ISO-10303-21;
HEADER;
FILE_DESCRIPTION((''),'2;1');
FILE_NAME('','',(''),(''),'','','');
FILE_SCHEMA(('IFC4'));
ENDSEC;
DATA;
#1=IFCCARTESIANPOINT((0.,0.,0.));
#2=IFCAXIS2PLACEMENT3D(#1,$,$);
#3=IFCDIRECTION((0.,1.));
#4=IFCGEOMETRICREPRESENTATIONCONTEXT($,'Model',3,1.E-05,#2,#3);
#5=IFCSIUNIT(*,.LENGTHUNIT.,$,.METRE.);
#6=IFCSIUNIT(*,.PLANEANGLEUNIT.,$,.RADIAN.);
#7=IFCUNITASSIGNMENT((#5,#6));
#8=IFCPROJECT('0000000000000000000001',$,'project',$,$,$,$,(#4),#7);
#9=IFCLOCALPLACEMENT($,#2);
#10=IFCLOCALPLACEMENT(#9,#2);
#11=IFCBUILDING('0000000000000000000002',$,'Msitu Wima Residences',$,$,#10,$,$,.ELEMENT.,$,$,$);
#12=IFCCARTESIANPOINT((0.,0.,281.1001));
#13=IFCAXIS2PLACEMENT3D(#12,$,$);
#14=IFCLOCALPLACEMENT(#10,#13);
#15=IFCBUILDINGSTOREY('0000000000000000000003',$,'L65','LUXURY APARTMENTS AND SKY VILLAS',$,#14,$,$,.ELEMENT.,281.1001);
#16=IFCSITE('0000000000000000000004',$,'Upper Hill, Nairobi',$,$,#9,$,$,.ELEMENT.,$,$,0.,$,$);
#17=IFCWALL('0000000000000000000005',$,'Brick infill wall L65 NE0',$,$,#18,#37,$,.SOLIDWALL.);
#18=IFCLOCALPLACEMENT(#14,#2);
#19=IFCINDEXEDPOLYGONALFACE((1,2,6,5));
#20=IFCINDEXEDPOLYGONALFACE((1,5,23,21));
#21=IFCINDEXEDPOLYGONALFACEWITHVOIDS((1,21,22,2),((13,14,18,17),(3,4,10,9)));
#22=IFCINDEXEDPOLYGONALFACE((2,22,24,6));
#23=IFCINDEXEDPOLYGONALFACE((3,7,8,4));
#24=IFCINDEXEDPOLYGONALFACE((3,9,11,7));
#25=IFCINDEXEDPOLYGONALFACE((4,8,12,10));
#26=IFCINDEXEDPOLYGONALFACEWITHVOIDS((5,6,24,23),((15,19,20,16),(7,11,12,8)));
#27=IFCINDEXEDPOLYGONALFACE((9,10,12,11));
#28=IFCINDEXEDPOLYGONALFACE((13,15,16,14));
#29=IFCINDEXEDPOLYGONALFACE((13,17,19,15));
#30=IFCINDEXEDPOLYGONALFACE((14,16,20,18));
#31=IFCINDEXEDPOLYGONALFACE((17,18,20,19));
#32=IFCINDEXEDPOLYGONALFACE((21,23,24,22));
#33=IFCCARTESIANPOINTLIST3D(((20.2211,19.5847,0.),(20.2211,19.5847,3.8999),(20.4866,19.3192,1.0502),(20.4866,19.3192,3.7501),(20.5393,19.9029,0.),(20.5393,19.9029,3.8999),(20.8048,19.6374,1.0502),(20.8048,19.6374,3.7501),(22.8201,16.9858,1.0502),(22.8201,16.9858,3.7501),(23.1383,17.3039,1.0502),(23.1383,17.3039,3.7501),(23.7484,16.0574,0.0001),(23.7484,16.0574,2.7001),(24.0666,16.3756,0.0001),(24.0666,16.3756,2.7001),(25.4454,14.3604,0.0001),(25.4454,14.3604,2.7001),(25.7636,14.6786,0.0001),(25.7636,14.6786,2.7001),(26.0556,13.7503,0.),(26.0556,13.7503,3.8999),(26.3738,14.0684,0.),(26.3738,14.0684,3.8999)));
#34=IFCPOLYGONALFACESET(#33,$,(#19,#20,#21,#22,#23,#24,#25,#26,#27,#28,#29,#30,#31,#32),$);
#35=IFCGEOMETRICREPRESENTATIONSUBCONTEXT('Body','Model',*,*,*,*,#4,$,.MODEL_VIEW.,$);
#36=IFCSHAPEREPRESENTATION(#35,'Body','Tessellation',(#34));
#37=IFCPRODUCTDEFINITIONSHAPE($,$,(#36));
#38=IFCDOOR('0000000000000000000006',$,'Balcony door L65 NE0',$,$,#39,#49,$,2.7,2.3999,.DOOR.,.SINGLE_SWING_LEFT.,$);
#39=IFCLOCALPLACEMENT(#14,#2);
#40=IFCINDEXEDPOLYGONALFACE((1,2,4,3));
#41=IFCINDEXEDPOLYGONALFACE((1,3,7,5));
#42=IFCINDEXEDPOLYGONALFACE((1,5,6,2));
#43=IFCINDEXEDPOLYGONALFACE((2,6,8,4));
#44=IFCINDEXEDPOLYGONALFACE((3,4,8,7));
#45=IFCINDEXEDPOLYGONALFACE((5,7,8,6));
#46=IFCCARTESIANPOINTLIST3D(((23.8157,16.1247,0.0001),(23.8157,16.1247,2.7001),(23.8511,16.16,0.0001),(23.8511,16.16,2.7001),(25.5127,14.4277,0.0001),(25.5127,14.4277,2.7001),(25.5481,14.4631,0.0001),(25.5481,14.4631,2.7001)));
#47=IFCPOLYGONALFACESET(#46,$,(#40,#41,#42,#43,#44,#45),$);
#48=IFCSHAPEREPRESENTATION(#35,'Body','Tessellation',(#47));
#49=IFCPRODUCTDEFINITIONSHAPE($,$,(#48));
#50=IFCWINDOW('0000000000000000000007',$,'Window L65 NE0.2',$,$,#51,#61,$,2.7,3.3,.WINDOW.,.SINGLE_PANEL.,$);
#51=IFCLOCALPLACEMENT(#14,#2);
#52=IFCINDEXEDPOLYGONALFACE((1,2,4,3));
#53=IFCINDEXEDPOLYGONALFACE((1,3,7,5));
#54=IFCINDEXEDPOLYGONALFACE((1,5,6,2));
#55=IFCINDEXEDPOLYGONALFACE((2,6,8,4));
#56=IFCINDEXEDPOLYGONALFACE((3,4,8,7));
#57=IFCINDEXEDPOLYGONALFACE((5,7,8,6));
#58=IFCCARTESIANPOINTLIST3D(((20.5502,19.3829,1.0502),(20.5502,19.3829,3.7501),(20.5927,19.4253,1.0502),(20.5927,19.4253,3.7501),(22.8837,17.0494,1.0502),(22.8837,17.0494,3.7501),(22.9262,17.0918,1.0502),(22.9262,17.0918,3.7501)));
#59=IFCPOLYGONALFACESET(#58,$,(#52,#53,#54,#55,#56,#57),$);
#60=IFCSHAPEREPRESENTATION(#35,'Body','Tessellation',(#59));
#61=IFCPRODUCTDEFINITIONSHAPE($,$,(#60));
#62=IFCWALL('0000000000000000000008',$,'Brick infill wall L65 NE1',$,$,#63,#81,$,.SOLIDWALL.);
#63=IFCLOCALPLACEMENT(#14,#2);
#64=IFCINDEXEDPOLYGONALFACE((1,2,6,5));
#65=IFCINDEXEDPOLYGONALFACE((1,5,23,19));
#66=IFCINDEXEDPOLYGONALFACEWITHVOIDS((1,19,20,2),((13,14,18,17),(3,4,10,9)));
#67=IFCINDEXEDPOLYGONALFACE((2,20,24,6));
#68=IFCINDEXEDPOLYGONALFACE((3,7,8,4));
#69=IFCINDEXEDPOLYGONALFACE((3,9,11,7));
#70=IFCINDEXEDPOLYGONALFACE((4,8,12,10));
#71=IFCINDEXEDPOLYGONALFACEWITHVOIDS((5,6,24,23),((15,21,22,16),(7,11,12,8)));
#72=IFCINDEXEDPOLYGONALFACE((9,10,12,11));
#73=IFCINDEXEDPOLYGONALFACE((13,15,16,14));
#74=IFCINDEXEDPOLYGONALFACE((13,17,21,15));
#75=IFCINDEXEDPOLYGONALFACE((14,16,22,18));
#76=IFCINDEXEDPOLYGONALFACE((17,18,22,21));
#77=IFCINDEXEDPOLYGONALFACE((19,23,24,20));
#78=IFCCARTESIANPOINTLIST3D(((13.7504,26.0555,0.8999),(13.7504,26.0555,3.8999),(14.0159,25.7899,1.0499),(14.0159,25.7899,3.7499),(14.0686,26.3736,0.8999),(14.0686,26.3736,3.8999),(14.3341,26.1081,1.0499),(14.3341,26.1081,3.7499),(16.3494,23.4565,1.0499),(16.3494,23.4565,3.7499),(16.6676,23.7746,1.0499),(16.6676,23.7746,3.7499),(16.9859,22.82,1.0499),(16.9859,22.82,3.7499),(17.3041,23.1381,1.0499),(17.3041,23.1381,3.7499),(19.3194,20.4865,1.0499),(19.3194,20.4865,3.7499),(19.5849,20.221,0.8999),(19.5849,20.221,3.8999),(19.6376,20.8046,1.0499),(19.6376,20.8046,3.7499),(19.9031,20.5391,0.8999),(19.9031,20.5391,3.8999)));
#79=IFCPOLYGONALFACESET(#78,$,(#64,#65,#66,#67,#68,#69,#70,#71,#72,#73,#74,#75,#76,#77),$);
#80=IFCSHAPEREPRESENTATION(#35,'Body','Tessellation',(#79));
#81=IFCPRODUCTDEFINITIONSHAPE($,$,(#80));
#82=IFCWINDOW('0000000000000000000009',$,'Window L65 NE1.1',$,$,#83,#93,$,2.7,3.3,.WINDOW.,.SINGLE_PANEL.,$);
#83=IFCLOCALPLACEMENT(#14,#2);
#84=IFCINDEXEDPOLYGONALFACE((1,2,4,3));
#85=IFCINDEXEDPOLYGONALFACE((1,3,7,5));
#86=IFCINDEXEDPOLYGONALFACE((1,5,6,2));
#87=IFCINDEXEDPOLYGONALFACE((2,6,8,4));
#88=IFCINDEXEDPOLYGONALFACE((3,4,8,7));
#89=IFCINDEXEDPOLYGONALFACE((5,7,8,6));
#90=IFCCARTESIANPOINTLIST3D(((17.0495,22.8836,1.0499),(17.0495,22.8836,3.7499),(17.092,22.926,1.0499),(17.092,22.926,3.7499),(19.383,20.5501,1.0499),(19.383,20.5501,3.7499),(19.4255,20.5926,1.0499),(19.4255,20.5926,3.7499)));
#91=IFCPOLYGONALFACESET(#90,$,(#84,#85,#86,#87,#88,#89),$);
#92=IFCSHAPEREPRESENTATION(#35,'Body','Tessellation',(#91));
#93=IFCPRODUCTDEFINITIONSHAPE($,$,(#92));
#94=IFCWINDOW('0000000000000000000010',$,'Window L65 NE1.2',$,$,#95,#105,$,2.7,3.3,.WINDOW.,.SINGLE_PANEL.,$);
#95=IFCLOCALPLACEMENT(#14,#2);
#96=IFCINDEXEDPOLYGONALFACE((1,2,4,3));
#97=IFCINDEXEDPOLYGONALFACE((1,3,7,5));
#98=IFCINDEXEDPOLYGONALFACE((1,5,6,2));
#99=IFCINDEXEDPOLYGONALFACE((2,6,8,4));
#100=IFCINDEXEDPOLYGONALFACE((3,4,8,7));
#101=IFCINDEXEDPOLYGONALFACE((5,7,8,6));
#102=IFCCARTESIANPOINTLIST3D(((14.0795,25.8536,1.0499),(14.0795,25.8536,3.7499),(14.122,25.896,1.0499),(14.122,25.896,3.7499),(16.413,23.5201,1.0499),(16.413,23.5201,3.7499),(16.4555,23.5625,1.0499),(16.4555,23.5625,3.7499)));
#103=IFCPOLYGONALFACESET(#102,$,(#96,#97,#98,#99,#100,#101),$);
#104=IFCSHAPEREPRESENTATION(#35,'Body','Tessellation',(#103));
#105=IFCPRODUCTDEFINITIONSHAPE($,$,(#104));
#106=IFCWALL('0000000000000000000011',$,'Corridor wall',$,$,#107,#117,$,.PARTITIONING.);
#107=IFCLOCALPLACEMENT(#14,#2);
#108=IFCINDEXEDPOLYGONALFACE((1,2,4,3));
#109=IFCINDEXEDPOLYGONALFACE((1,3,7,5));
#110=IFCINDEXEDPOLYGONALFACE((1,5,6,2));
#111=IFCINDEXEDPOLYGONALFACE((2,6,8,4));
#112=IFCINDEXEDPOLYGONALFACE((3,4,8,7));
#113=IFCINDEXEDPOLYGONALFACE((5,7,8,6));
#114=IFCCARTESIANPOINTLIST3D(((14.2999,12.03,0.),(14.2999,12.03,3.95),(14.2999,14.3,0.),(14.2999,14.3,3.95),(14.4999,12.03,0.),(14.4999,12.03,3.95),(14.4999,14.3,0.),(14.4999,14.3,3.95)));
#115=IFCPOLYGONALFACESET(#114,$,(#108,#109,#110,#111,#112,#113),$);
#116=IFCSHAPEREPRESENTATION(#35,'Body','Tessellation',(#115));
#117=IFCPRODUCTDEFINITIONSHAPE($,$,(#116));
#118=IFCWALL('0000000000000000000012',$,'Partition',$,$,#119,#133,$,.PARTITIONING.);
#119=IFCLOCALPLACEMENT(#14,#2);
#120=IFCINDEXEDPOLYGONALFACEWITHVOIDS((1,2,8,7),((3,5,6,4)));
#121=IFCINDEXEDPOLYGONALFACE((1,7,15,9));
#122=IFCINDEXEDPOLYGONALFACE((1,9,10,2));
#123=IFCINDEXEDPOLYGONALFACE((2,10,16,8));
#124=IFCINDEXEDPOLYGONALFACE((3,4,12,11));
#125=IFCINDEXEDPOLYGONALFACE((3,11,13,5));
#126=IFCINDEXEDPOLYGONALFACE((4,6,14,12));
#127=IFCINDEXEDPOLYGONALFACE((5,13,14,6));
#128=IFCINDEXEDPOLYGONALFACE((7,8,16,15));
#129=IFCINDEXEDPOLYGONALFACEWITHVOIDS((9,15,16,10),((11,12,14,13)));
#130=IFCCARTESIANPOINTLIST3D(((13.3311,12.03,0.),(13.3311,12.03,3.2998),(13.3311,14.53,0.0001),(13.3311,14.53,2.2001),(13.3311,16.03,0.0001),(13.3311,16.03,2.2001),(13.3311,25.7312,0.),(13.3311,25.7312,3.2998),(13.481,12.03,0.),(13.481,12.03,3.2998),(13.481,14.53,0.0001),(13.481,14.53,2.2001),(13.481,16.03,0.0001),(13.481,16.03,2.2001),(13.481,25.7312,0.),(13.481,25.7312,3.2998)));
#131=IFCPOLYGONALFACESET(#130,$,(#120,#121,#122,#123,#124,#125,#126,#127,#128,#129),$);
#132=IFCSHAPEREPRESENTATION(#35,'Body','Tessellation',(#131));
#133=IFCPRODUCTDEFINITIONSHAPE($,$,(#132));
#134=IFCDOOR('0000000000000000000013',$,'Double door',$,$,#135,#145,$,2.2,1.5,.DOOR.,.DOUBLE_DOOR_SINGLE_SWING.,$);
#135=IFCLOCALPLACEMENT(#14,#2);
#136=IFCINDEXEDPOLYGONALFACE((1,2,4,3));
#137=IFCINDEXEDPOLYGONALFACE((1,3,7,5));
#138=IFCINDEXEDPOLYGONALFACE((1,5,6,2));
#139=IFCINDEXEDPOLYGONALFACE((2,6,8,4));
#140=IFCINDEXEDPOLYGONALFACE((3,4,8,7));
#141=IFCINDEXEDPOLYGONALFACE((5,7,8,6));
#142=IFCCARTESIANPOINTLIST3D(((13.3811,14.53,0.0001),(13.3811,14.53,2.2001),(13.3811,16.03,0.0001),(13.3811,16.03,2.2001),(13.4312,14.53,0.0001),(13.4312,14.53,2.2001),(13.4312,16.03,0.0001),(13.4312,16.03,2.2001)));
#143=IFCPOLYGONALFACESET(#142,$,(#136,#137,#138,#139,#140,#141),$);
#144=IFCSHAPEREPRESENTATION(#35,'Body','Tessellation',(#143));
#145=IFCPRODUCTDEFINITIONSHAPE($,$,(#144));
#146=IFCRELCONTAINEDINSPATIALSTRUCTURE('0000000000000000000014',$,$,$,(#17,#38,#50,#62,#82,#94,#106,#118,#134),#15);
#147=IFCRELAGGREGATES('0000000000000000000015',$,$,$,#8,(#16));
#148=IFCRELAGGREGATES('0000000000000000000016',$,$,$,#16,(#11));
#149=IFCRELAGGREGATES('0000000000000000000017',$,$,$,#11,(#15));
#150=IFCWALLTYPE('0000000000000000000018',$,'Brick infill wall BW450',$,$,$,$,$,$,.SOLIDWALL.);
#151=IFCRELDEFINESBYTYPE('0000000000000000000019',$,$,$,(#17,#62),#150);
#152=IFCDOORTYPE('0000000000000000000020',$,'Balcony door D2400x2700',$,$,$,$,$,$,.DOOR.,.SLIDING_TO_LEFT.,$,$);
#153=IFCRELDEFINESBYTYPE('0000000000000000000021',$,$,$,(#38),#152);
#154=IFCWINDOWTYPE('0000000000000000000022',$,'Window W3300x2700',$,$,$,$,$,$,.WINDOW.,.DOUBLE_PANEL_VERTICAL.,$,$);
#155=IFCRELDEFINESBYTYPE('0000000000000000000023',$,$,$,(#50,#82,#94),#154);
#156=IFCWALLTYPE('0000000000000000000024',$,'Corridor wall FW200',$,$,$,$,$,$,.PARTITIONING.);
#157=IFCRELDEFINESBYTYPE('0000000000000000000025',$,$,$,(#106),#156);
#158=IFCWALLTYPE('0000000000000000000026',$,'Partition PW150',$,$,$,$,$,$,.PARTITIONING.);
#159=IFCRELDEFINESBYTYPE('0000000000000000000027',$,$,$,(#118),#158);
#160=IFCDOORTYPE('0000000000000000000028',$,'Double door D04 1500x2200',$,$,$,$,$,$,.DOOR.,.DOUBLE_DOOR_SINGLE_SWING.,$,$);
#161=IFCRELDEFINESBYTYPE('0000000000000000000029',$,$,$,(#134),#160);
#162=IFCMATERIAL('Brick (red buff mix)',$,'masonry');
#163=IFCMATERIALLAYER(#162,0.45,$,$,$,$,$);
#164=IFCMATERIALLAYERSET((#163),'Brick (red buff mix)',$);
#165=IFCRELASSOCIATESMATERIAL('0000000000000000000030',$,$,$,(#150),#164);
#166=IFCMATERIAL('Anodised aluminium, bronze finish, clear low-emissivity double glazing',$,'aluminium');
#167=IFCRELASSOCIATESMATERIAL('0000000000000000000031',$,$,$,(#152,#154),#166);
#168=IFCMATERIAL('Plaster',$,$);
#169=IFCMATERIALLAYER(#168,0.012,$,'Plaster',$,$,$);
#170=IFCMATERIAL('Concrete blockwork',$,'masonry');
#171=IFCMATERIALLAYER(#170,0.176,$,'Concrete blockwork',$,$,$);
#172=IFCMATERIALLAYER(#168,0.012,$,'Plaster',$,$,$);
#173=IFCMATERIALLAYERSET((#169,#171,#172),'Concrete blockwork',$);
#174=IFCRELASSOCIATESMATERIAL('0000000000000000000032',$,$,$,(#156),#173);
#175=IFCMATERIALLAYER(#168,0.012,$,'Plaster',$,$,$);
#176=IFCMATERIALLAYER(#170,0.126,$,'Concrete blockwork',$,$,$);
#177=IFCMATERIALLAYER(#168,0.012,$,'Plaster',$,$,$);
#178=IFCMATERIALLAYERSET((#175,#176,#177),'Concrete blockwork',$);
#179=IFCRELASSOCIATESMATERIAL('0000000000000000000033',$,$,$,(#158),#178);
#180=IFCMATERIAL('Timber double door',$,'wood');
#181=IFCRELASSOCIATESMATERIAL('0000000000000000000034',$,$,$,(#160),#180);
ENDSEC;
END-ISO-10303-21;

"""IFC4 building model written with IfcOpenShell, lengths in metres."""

from ifc_helpers import new_model, si_unit, direction, frame, frame_2d, origin, place, context, subcontext, project, spatial, rectangle, extrude, material, layer, layer_set, type_object, element, fill, save


model = new_model("IFC4")

# Units and contexts
model_context = context("Model", 3, precision=1e-05, world=origin(), true_north=direction((0.0, 1.0)))
body_context = subcontext(model_context, "Body", "Model", "MODEL_VIEW")
ifc_project = project(units=[si_unit("LENGTHUNIT", "METRE"), si_unit("PLANEANGLEUNIT", "RADIAN")], contexts=[model_context])

# Site, building, storey
site_placement = place(None, origin())
site = spatial("IfcSite", under=ifc_project, at=site_placement, Name="Upper Hill, Nairobi", CompositionType="ELEMENT", RefElevation=0.0)
building_placement = place(site_placement, origin())
building = spatial("IfcBuilding", under=site, at=building_placement, Name="Msitu Wima Residences", CompositionType="ELEMENT")
storey_placement = place(building_placement, frame((0.0, 0.0, 281.1001)))
storey = spatial("IfcBuildingStorey", under=building, at=storey_placement, Name="L65", Description="LUXURY APARTMENTS AND SKY VILLAS", CompositionType="ELEMENT", Elevation=281.1001)

# Wall, openings, door, window
ifc_material_1 = material(Name="Brick (red buff mix)", Category="masonry")
ifc_layer_1 = layer(ifc_material_1, 0.45)
ifc_layer_set_1 = layer_set([ifc_layer_1], Name="Brick (red buff mix)")
wall_type_1 = type_object("IfcWallType", Name="Brick infill wall BW450", PredefinedType="SOLIDWALL", material=ifc_layer_set_1)
wall_1_placement = place(storey_placement, frame((26.2146, 13.9094, 0.0), z_axis=(0.0, 0.0, 1.0), x_axis=(-0.707107, 0.707107, 0.0)))
wall_1 = element("IfcWall", 1, at=wall_1_placement, inside=storey, type_object=wall_type_1, Name="Brick infill wall L65 NE0", PredefinedType="SOLIDWALL", context=body_context, shape_type="SweptSolid", body=[
    extrude(rectangle(XDim=8.2512, YDim=0.45, at=frame_2d((4.1255, 0.0))), origin(), (0.0, 0.0, 1.0), 3.8999),
])
opening_1_placement = place(wall_1_placement, frame((0.8628, 0.0, 0.0)))
opening_1 = element("IfcOpeningElement", 2, at=opening_1_placement, cuts=wall_1, PredefinedType="OPENING", context=body_context, shape_type="SweptSolid", body=[
    extrude(rectangle(XDim=2.3999, YDim=2.7, at=frame_2d((1.2, 1.3501))), frame((0.0, 0.2349, 0.0), z_axis=(0.0, -1.0, 0.0), x_axis=(1.0, 0.0, 0.0)), (0.0, 0.0, 1.0), 0.47),
])
opening_2_placement = place(wall_1_placement, frame((4.5757, 0.0, 1.05)))
opening_2 = element("IfcOpeningElement", 3, at=opening_2_placement, cuts=wall_1, PredefinedType="OPENING", context=body_context, shape_type="SweptSolid", body=[
    extrude(rectangle(XDim=3.3, YDim=2.7, at=frame_2d((1.6499, 1.3501))), frame((0.0, 0.2349, 0.0), z_axis=(0.0, -1.0, 0.0), x_axis=(1.0, 0.0, 0.0)), (0.0, 0.0, 1.0), 0.47),
])
ifc_material_2 = material(Name="Anodised aluminium, bronze finish, clear low-emissivity double glazing", Category="aluminium")
door_type_1 = type_object("IfcDoorType", Name="Balcony door D2400x2700", OperationType="SLIDING_TO_LEFT", PredefinedType="DOOR", material=ifc_material_2)
door_1_placement = place(opening_1_placement, origin())
door_1 = element("IfcDoor", 4, at=door_1_placement, inside=storey, type_object=door_type_1, Name="Balcony door L65 NE0", OperationType="SINGLE_SWING_LEFT", OverallHeight=2.7, OverallWidth=2.3999, PredefinedType="DOOR", context=body_context, shape_type="SweptSolid", body=[
    extrude(rectangle(XDim=2.3999, YDim=2.7, at=frame_2d((1.2, 1.3501))), frame((0.0, 0.1299, 0.0), z_axis=(0.0, -1.0, 0.0), x_axis=(1.0, 0.0, 0.0)), (0.0, 0.0, 1.0), 0.05),
])
fill(opening_1, door_1)
window_type = type_object("IfcWindowType", Name="Window W3300x2700", PartitioningType="DOUBLE_PANEL_VERTICAL", PredefinedType="WINDOW", material=ifc_material_2)
window_1_placement = place(opening_2_placement, origin())
window_1 = element("IfcWindow", 5, at=window_1_placement, inside=storey, type_object=window_type, Name="Window L65 NE0.2", OverallHeight=2.7, OverallWidth=3.3, PartitioningType="SINGLE_PANEL", PredefinedType="WINDOW", context=body_context, shape_type="SweptSolid", body=[
    extrude(rectangle(XDim=3.3, YDim=2.7, at=frame_2d((1.6499, 1.3501))), frame((0.0, 0.135, 0.0), z_axis=(0.0, -1.0, 0.0), x_axis=(1.0, 0.0, 0.0)), (0.0, 0.0, 1.0), 0.0601),
])
fill(opening_2, window_1)

# Wall, openings, windows
wall_2_placement = place(storey_placement, frame((19.7439, 20.3801, 0.8999), z_axis=(0.0, 0.0, 1.0), x_axis=(-0.707107, 0.707107, 0.0)))
wall_2 = element("IfcWall", 6, at=wall_2_placement, inside=storey, type_object=wall_type_1, Name="Brick infill wall L65 NE1", PredefinedType="SOLIDWALL", context=body_context, shape_type="SweptSolid", body=[
    extrude(rectangle(XDim=8.2512, YDim=0.45, at=frame_2d((4.1255, 0.0))), origin(), (0.0, 0.0, 1.0), 3.0),
])
opening_3_placement = place(wall_2_placement, frame((0.3755, 0.0, 0.1499)))
opening_3 = element("IfcOpeningElement", 7, at=opening_3_placement, cuts=wall_2, PredefinedType="OPENING", context=body_context, shape_type="SweptSolid", body=[
    extrude(rectangle(XDim=3.3, YDim=2.7, at=frame_2d((1.6499, 1.3501))), frame((0.0, 0.2349, 0.0), z_axis=(0.0, -1.0, 0.0), x_axis=(1.0, 0.0, 0.0)), (0.0, 0.0, 1.0), 0.47),
])
opening_4_placement = place(wall_2_placement, frame((4.5757, 0.0, 0.1499)))
opening_4 = element("IfcOpeningElement", 8, at=opening_4_placement, cuts=wall_2, PredefinedType="OPENING", context=body_context, shape_type="SweptSolid", body=[
    extrude(rectangle(XDim=3.3, YDim=2.7, at=frame_2d((1.6499, 1.3501))), frame((0.0, 0.2349, 0.0), z_axis=(0.0, -1.0, 0.0), x_axis=(1.0, 0.0, 0.0)), (0.0, 0.0, 1.0), 0.47),
])
window_2_placement = place(opening_3_placement, origin())
window_2 = element("IfcWindow", 9, at=window_2_placement, inside=storey, type_object=window_type, Name="Window L65 NE1.1", OverallHeight=2.7, OverallWidth=3.3, PartitioningType="SINGLE_PANEL", PredefinedType="WINDOW", context=body_context, shape_type="SweptSolid", body=[
    extrude(rectangle(XDim=3.3, YDim=2.7, at=frame_2d((1.6499, 1.3501))), frame((0.0, 0.135, 0.0), z_axis=(0.0, -1.0, 0.0), x_axis=(1.0, 0.0, 0.0)), (0.0, 0.0, 1.0), 0.0601),
])
fill(opening_3, window_2)
window_3_placement = place(opening_4_placement, origin())
window_3 = element("IfcWindow", 10, at=window_3_placement, inside=storey, type_object=window_type, Name="Window L65 NE1.2", OverallHeight=2.7, OverallWidth=3.3, PartitioningType="SINGLE_PANEL", PredefinedType="WINDOW", context=body_context, shape_type="SweptSolid", body=[
    extrude(rectangle(XDim=3.3, YDim=2.7, at=frame_2d((1.6499, 1.3501))), frame((0.0, 0.135, 0.0), z_axis=(0.0, -1.0, 0.0), x_axis=(1.0, 0.0, 0.0)), (0.0, 0.0, 1.0), 0.0601),
])
fill(opening_4, window_3)

# Wall
ifc_material_3 = material(Name="Plaster")
ifc_layer_2 = layer(ifc_material_3, 0.012, Name="Plaster")
ifc_material_4 = material(Name="Concrete blockwork", Category="masonry")
ifc_layer_3 = layer(ifc_material_4, 0.176, Name="Concrete blockwork")
ifc_layer_4 = layer(ifc_material_3, 0.012, Name="Plaster")
ifc_layer_set_2 = layer_set([ifc_layer_2, ifc_layer_3, ifc_layer_4], Name="Concrete blockwork")
wall_type_2 = type_object("IfcWallType", Name="Corridor wall FW200", PredefinedType="PARTITIONING", material=ifc_layer_set_2)
wall_3_placement = place(storey_placement, frame((14.3999, 12.03, 0.0), z_axis=(0.0, 0.0, 1.0), x_axis=(0.0, 1.0, 0.0)))
element("IfcWall", 11, at=wall_3_placement, inside=storey, type_object=wall_type_2, Name="Corridor wall", PredefinedType="PARTITIONING", context=body_context, shape_type="SweptSolid", body=[
    extrude(rectangle(XDim=2.27, YDim=0.2, at=frame_2d((1.135, 0.0))), origin(), (0.0, 0.0, 1.0), 3.95),
])

# Wall, opening, door
ifc_layer_5 = layer(ifc_material_3, 0.012, Name="Plaster")
ifc_layer_6 = layer(ifc_material_4, 0.126, Name="Concrete blockwork")
ifc_layer_7 = layer(ifc_material_3, 0.012, Name="Plaster")
ifc_layer_set_3 = layer_set([ifc_layer_5, ifc_layer_6, ifc_layer_7], Name="Concrete blockwork")
wall_type_3 = type_object("IfcWallType", Name="Partition PW150", PredefinedType="PARTITIONING", material=ifc_layer_set_3)
wall_4_placement = place(storey_placement, frame((13.406, 12.03, 0.0), z_axis=(0.0, 0.0, 1.0), x_axis=(0.0, 1.0, 0.0)))
wall_4 = element("IfcWall", 12, at=wall_4_placement, inside=storey, type_object=wall_type_3, Name="Partition", PredefinedType="PARTITIONING", context=body_context, shape_type="SweptSolid", body=[
    extrude(rectangle(XDim=13.7012, YDim=0.1499, at=frame_2d((6.8506, 0.0))), origin(), (0.0, 0.0, 1.0), 3.2998),
])
opening_5_placement = place(wall_4_placement, frame((2.5, 0.0, 0.0)))
opening_5 = element("IfcOpeningElement", 13, at=opening_5_placement, cuts=wall_4, PredefinedType="OPENING", context=body_context, shape_type="SweptSolid", body=[
    extrude(rectangle(XDim=1.5, YDim=2.2, at=frame_2d((0.75, 1.1001))), frame((0.0, 0.085, 0.0), z_axis=(0.0, -1.0, 0.0), x_axis=(1.0, 0.0, 0.0)), (0.0, 0.0, 1.0), 0.1699),
])
ifc_material_5 = material(Name="Timber double door", Category="wood")
door_type_2 = type_object("IfcDoorType", Name="Double door D04 1500x2200", OperationType="DOUBLE_DOOR_SINGLE_SWING", PredefinedType="DOOR", material=ifc_material_5)
door_2_placement = place(opening_5_placement, origin())
door_2 = element("IfcDoor", 14, at=door_2_placement, inside=storey, type_object=door_type_2, Name="Double door", OperationType="DOUBLE_DOOR_SINGLE_SWING", OverallHeight=2.2, OverallWidth=1.5, PredefinedType="DOOR", context=body_context, shape_type="SweptSolid", body=[
    extrude(rectangle(XDim=1.5, YDim=2.2, at=frame_2d((0.75, 1.1001))), frame((0.0, 0.0249, 0.0), z_axis=(0.0, -1.0, 0.0), x_axis=(1.0, 0.0, 0.0)), (0.0, 0.0, 1.0), 0.05),
])
fill(opening_5, door_2)

save(model, "model.ifc")
